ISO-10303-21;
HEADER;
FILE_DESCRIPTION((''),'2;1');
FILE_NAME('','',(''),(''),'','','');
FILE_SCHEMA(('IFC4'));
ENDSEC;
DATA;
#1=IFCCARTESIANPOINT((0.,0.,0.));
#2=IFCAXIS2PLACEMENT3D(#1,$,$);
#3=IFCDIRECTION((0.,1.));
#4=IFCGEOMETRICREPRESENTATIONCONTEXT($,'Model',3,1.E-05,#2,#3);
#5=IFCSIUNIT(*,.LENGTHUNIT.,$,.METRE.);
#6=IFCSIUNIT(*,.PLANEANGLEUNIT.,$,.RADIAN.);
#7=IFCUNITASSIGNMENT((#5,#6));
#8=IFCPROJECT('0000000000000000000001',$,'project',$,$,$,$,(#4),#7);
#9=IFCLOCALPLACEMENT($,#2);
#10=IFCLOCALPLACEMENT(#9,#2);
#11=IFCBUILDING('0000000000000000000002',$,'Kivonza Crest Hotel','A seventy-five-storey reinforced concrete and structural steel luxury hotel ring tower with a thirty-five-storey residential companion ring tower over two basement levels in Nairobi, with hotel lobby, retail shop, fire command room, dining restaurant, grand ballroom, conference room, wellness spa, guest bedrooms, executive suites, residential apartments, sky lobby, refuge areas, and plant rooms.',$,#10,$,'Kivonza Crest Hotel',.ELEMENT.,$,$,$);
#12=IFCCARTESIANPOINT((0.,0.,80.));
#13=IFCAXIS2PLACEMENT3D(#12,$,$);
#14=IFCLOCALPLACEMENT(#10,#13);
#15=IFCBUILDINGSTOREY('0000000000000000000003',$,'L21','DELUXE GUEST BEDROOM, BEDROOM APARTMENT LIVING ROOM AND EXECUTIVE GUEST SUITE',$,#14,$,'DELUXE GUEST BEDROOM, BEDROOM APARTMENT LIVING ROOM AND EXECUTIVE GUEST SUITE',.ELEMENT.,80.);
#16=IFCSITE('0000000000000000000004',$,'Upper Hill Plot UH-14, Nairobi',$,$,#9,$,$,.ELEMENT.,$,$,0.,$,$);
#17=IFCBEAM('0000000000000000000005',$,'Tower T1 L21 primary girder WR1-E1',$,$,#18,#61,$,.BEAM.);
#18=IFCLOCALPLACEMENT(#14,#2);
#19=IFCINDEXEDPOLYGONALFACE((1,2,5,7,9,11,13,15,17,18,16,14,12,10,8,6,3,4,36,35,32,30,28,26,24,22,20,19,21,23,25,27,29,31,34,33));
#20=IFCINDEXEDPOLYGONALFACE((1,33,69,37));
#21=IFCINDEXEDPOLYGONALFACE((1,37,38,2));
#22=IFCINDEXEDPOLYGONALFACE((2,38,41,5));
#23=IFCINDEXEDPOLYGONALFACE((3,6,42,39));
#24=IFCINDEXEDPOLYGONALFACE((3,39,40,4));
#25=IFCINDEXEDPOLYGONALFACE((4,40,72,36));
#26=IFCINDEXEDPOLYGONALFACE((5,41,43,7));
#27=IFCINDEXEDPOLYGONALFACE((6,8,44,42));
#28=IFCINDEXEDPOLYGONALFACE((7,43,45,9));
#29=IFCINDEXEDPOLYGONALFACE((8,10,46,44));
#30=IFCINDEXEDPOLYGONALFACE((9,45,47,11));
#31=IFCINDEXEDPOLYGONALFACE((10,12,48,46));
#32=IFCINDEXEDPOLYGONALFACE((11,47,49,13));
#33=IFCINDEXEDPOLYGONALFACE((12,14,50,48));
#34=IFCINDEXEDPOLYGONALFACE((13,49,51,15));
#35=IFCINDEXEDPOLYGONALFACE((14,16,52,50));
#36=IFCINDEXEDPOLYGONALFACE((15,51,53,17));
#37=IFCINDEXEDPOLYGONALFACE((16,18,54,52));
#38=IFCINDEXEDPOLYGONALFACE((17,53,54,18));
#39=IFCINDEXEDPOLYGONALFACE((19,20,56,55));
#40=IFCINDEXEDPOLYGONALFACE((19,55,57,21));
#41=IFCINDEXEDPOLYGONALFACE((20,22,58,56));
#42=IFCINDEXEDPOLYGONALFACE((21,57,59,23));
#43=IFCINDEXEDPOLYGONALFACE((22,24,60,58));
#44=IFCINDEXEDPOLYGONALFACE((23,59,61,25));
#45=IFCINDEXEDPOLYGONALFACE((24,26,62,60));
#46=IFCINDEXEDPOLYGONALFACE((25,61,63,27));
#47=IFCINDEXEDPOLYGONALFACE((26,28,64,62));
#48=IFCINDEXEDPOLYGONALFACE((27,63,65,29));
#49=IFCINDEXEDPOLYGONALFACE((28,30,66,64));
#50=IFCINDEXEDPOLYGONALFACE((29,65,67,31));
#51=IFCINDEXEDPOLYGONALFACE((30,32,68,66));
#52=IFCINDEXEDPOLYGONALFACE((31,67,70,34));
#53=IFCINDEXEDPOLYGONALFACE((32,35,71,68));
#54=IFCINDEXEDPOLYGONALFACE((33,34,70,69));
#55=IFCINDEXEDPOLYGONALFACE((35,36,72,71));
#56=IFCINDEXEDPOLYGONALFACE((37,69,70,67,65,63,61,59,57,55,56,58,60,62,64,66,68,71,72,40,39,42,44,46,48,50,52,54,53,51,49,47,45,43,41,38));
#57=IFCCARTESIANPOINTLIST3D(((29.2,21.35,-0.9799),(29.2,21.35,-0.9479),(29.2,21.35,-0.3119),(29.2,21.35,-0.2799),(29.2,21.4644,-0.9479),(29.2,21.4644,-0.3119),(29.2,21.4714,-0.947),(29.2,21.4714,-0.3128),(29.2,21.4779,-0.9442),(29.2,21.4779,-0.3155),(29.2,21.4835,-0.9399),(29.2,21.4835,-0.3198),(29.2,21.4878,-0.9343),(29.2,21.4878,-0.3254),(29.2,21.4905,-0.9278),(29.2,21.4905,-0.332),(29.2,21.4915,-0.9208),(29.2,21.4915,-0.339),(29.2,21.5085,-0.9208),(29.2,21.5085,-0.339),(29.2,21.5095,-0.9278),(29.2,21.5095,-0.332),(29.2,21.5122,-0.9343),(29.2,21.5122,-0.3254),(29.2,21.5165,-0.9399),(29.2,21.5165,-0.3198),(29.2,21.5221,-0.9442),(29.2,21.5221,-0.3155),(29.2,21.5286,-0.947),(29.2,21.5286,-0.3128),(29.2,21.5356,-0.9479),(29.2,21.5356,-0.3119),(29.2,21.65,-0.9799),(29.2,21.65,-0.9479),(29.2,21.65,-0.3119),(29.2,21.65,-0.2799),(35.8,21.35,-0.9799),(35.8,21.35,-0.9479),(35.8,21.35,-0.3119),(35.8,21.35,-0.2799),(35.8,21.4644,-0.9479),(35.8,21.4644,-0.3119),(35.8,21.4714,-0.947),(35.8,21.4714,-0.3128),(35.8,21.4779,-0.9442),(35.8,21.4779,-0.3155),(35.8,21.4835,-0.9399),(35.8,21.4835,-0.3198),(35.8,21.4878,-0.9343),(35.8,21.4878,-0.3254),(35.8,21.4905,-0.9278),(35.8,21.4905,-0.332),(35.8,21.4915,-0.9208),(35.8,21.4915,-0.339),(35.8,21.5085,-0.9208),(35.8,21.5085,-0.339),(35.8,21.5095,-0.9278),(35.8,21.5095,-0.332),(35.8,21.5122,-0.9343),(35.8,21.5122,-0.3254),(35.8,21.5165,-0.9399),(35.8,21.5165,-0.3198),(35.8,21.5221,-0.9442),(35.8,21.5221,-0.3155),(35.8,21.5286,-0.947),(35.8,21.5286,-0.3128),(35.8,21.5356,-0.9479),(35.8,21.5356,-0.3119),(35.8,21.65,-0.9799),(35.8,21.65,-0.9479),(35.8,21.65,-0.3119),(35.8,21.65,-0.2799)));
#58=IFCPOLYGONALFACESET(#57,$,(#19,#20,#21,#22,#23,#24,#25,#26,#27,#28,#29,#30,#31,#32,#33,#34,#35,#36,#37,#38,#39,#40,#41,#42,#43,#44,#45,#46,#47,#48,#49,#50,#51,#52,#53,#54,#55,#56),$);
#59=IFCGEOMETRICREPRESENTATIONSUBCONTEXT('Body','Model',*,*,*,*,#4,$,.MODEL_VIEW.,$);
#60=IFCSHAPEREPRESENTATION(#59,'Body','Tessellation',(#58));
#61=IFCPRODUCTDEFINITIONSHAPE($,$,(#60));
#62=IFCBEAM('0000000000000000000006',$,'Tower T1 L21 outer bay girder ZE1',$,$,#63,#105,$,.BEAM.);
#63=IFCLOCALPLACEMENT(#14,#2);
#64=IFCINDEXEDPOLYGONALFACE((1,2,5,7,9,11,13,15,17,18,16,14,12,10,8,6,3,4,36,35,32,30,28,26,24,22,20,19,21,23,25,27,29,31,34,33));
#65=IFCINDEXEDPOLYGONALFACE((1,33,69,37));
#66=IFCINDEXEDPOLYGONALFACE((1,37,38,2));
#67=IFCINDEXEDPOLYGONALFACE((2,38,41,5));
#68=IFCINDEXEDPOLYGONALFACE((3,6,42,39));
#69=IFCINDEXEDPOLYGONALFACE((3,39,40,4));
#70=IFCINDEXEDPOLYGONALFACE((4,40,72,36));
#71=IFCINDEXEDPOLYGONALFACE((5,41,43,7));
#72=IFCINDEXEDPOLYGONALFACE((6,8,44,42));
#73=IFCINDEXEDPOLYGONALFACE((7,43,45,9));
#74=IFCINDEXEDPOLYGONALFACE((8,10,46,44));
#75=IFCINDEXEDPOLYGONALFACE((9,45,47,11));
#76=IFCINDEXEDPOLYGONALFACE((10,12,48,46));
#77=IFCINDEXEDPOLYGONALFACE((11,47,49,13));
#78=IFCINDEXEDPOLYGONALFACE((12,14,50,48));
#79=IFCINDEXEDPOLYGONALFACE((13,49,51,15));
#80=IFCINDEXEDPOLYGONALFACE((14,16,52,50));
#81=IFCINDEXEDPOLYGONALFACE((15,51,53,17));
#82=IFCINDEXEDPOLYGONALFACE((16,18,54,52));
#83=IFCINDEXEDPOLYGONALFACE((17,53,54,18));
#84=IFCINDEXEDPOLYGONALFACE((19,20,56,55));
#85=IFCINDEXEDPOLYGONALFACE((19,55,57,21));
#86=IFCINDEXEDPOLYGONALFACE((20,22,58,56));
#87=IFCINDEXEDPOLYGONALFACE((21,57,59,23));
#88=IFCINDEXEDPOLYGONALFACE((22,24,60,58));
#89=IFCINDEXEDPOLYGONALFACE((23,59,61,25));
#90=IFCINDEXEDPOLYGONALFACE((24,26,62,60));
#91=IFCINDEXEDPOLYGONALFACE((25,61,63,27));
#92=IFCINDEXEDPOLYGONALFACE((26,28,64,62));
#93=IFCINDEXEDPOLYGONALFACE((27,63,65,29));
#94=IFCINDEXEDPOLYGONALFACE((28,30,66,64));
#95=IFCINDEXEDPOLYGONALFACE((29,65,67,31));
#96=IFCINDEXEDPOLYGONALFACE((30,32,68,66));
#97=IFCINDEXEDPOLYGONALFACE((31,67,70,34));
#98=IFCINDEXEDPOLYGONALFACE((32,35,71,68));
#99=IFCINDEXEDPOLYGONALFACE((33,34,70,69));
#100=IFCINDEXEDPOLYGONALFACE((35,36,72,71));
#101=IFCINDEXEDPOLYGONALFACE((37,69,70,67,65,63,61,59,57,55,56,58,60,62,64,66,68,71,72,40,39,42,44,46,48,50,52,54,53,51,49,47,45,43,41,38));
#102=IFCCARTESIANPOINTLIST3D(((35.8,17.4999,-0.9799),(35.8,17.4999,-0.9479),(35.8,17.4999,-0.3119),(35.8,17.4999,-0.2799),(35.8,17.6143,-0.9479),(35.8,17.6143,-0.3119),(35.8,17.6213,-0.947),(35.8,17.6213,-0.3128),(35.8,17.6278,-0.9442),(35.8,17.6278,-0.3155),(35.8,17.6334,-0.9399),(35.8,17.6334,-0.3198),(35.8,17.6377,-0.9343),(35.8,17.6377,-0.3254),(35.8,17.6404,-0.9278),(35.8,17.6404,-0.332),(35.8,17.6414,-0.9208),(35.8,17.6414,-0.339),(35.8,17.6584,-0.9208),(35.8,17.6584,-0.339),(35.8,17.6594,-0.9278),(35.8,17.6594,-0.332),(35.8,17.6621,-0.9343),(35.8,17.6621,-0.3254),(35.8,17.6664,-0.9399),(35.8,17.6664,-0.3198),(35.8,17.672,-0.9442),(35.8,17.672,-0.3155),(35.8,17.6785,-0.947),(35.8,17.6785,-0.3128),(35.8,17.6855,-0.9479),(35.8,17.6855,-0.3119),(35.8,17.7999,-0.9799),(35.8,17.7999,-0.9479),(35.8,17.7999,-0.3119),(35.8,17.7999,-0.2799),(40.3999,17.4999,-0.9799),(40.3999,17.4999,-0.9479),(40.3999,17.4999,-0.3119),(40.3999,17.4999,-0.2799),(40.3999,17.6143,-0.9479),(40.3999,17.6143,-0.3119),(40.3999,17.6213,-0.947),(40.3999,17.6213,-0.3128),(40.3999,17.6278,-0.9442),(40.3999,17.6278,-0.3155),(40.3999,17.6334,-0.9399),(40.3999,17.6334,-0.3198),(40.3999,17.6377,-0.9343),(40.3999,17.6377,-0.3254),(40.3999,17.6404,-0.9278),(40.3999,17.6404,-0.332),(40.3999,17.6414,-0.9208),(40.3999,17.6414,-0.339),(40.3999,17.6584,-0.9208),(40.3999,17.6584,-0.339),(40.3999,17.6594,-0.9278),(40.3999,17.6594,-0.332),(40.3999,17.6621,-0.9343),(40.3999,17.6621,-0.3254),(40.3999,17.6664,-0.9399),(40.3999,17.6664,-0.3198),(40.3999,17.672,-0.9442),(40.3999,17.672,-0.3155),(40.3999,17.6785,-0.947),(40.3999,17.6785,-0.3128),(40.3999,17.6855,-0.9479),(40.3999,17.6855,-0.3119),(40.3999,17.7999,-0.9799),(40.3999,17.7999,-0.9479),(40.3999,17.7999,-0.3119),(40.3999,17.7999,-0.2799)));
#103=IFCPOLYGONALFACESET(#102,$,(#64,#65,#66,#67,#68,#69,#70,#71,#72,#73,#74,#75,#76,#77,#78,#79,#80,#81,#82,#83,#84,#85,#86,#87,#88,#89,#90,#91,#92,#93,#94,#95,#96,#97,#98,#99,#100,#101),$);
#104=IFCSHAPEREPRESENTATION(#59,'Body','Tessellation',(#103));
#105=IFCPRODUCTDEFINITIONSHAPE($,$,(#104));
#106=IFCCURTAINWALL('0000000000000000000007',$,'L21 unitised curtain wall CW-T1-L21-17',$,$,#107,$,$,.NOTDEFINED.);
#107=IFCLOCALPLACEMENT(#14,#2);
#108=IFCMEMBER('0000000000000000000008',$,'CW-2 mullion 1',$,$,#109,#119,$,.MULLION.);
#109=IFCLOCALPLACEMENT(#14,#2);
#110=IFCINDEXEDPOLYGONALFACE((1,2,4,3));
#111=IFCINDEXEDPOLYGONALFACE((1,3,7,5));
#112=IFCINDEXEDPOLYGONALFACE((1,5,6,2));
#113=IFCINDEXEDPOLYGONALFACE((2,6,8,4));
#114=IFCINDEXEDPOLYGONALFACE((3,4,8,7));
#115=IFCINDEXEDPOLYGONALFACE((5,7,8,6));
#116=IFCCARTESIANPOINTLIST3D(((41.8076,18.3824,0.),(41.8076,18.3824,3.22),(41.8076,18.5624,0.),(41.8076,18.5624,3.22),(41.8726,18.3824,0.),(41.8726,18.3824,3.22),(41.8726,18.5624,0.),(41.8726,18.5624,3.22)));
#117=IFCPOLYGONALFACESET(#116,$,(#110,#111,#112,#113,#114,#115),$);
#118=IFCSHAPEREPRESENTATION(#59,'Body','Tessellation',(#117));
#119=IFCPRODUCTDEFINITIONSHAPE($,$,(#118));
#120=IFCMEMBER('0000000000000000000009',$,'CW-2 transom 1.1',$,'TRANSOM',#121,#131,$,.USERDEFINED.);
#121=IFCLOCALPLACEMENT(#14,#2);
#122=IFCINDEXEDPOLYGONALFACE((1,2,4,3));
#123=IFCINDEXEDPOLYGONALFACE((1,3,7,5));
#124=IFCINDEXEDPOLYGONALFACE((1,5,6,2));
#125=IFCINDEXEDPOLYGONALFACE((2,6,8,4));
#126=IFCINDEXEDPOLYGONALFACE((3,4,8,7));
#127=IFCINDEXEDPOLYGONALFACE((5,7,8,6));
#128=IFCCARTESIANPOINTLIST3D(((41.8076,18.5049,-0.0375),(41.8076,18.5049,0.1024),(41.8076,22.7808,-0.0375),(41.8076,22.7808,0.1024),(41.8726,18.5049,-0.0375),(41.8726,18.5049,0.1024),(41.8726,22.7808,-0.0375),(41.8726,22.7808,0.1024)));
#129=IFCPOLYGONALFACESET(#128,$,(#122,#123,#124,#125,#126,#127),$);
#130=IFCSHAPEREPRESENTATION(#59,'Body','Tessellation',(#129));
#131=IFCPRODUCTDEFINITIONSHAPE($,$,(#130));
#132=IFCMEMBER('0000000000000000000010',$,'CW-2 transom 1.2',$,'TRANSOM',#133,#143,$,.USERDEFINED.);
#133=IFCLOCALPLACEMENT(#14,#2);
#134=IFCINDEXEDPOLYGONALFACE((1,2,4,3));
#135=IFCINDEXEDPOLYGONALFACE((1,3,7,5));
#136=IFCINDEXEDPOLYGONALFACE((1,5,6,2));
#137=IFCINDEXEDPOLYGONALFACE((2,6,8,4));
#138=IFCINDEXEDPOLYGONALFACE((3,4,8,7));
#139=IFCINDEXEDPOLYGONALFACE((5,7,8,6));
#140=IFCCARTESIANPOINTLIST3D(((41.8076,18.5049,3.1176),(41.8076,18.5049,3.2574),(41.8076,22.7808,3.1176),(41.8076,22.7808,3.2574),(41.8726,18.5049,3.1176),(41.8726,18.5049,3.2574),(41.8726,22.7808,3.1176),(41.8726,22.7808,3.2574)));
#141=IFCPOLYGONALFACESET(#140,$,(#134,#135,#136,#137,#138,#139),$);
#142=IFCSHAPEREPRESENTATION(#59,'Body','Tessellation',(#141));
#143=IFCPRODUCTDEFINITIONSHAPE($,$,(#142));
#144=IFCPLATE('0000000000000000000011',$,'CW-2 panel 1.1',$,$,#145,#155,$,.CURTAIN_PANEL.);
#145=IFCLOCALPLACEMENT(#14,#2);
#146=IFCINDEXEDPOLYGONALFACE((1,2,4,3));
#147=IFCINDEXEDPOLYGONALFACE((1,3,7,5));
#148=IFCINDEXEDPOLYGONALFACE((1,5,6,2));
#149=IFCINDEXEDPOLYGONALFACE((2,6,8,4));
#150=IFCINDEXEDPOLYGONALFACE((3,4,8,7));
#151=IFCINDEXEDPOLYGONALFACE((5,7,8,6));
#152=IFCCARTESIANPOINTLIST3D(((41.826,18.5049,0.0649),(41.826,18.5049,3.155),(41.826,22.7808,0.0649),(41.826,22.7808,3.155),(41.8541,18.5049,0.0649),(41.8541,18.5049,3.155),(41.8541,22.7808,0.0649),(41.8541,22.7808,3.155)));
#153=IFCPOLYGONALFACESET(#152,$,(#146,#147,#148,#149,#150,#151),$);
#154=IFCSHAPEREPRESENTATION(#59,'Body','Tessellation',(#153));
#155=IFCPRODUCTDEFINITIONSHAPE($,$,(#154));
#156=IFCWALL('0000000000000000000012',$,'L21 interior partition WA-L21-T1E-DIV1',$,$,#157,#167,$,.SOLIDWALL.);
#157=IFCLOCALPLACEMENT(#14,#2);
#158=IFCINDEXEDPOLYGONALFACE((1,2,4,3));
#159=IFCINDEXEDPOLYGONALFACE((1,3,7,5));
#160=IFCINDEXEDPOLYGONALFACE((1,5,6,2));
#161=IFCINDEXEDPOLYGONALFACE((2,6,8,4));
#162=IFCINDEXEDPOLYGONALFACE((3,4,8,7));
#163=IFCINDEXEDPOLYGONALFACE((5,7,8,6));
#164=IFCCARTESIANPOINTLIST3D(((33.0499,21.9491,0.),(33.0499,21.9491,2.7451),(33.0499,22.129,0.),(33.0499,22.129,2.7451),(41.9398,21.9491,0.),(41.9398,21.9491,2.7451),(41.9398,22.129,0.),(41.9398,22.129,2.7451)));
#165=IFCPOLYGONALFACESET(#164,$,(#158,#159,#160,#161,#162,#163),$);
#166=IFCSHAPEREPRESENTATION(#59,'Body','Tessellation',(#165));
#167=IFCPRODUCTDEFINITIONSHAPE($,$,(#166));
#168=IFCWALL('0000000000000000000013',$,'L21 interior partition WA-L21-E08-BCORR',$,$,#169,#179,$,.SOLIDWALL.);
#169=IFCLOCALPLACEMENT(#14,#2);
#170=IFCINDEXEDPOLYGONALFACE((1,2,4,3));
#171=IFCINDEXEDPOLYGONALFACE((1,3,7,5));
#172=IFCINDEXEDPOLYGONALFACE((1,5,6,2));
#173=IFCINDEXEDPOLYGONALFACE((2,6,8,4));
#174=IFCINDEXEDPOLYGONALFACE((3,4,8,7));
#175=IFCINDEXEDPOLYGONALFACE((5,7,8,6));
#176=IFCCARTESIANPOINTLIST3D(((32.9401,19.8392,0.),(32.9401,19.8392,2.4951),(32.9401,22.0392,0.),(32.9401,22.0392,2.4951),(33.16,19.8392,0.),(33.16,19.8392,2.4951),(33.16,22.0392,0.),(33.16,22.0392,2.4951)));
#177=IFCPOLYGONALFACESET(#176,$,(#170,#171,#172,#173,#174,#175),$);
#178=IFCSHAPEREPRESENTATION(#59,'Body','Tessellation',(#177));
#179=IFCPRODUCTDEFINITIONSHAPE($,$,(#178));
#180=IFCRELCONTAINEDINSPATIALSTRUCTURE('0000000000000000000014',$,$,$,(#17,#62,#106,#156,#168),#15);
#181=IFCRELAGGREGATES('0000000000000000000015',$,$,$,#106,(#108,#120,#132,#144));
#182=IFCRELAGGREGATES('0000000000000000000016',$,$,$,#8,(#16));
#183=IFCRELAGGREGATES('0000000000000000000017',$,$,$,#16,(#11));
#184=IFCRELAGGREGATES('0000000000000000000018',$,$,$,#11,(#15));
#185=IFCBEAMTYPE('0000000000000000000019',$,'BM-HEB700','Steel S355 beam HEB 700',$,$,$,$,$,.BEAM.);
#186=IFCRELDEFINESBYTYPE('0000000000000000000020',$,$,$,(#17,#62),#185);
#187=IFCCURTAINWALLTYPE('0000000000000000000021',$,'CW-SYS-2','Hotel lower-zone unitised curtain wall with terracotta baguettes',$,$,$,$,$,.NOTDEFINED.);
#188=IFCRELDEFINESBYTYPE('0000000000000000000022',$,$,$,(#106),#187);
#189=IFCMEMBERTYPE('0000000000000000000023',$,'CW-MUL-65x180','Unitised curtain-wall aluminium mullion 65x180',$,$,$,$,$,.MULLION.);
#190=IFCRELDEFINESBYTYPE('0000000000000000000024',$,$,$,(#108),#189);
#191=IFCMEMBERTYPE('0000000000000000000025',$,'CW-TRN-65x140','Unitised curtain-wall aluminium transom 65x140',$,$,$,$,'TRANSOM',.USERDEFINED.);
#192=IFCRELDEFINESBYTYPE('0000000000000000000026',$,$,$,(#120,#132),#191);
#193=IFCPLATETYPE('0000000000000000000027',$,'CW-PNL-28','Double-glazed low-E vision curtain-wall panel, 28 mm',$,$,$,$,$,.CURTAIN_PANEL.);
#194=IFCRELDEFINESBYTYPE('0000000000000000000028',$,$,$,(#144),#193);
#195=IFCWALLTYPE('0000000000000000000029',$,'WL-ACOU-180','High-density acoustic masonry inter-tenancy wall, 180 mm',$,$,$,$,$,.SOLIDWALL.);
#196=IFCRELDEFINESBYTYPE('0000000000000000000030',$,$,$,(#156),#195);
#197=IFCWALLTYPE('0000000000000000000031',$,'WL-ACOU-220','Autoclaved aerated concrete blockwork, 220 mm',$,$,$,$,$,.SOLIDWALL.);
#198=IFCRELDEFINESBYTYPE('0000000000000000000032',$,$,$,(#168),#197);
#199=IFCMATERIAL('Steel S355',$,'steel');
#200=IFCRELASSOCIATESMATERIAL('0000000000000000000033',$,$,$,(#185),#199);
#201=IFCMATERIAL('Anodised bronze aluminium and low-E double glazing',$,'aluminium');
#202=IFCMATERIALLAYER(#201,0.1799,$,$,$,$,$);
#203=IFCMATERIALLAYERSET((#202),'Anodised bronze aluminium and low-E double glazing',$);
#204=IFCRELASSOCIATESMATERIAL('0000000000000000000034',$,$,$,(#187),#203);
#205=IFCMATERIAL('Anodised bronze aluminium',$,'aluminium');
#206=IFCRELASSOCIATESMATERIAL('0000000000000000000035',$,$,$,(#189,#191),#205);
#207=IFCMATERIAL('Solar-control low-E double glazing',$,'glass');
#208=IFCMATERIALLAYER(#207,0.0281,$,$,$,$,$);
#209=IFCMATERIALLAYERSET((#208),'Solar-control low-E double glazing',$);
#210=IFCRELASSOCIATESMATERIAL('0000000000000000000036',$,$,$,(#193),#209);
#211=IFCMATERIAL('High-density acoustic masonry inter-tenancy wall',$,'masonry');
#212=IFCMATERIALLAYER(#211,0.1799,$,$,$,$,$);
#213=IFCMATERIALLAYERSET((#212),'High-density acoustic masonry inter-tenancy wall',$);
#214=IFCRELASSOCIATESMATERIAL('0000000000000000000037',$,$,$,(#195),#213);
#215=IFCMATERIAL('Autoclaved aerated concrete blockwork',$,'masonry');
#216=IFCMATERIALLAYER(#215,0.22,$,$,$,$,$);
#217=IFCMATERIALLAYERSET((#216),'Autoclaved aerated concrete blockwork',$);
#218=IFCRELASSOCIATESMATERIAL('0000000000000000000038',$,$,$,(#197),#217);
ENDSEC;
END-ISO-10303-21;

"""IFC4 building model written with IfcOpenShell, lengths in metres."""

from ifc_helpers import new_model, si_unit, direction, frame, frame_2d, origin, origin_2d, place, context, subcontext, project, spatial, rectangle, i_section, extrude, material, layer, layer_set, material_profile, profile_set, type_object, element, aggregate, save


model = new_model("IFC4")

# Units and contexts
model_context = context("Model", 3, precision=1e-05, world=origin(), true_north=direction((0.0, 1.0)))
body_context = subcontext(model_context, "Body", "Model", "MODEL_VIEW")
ifc_project = project(units=[si_unit("LENGTHUNIT", "METRE"), si_unit("PLANEANGLEUNIT", "RADIAN")], contexts=[model_context])

# Site, building, storey
site_placement = place(None, origin())
site = spatial("IfcSite", under=ifc_project, at=site_placement, Name="Upper Hill Plot UH-14, Nairobi", CompositionType="ELEMENT", RefElevation=0.0)
building_placement = place(site_placement, origin())
building = spatial("IfcBuilding", under=site, at=building_placement, Name="Kivonza Crest Hotel", Description="A seventy-five-storey reinforced concrete and structural steel luxury hotel ring tower with a thirty-five-storey residential companion ring tower over two basement levels in Nairobi, with hotel lobby, retail shop, fire command room, dining restaurant, grand ballroom, conference room, wellness spa, guest bedrooms, executive suites, residential apartments, sky lobby, refuge areas, and plant rooms.", LongName="Kivonza Crest Hotel", CompositionType="ELEMENT")
storey_placement = place(building_placement, frame((0.0, 0.0, 80.0)))
storey = spatial("IfcBuildingStorey", under=building, at=storey_placement, Name="L21", Description="DELUXE GUEST BEDROOM, BEDROOM APARTMENT LIVING ROOM AND EXECUTIVE GUEST SUITE", LongName="DELUXE GUEST BEDROOM, BEDROOM APARTMENT LIVING ROOM AND EXECUTIVE GUEST SUITE", CompositionType="ELEMENT", Elevation=80.0)

# Beams
ifc_material_1 = material(Name="Steel S355", Category="steel")
ifc_material_profile_1 = material_profile(ifc_material_1, i_section(OverallWidth=0.3, OverallDepth=0.7, WebThickness=0.0171, FlangeThickness=0.032, FilletRadius=0.0271, at=origin_2d()), Name="HEB 700")
ifc_profile_set_1 = profile_set([ifc_material_profile_1], Name="Steel S355")
beam_type_1 = type_object("IfcBeamType", Name="BM-HEB700", Description="Steel S355 beam HEB 700", PredefinedType="BEAM", material=ifc_profile_set_1)
beam_1_placement = place(storey_placement, frame((29.2, 21.5, -0.6299), z_axis=(1.0, 0.0, 0.0), x_axis=(0.0, 1.0, 0.0)))
element("IfcBeam", 1, at=beam_1_placement, inside=storey, type_object=beam_type_1, Name="Tower T1 L21 primary girder WR1-E1", PredefinedType="BEAM", context=body_context, shape_type="SweptSolid", body=[
    extrude(i_section(OverallWidth=0.3, OverallDepth=0.7, WebThickness=0.0171, FlangeThickness=0.032, FilletRadius=0.0271, at=origin_2d()), origin(), (0.0, 0.0, 1.0), 6.6001),
])
beam_2_placement = place(storey_placement, frame((40.3999, 17.6499, -0.6299), z_axis=(-1.0, 0.0, 0.0), x_axis=(0.0, -1.0, 0.0)))
element("IfcBeam", 2, at=beam_2_placement, inside=storey, type_object=beam_type_1, Name="Tower T1 L21 outer bay girder ZE1", PredefinedType="BEAM", context=body_context, shape_type="SweptSolid", body=[
    extrude(i_section(OverallWidth=0.3, OverallDepth=0.7, WebThickness=0.0171, FlangeThickness=0.032, FilletRadius=0.0271, at=origin_2d()), origin(), (0.0, 0.0, 1.0), 4.5999),
])

# Curtain wall, members, plate
ifc_material_2 = material(Name="Anodised bronze aluminium and low-E double glazing", Category="aluminium")
ifc_layer_1 = layer(ifc_material_2, 0.1799)
ifc_layer_set_1 = layer_set([ifc_layer_1], Name="Anodised bronze aluminium and low-E double glazing")
curtain_wall_type = type_object("IfcCurtainWallType", Name="CW-SYS-2", Description="Hotel lower-zone unitised curtain wall with terracotta baguettes", PredefinedType="NOTDEFINED", material=ifc_layer_set_1)
curtain_wall_placement = place(storey_placement, origin())
curtain_wall = element("IfcCurtainWall", 3, at=curtain_wall_placement, inside=storey, type_object=curtain_wall_type, Name="L21 unitised curtain wall CW-T1-L21-17", PredefinedType="NOTDEFINED")
ifc_material_3 = material(Name="Anodised bronze aluminium", Category="aluminium")
ifc_material_profile_2 = material_profile(ifc_material_3, rectangle(XDim=0.0649, YDim=0.1799, at=origin_2d()), Name="CW-M 65x180")
ifc_profile_set_2 = profile_set([ifc_material_profile_2], Name="Anodised bronze aluminium")
member_type_1 = type_object("IfcMemberType", Name="CW-MUL-65x180", Description="Unitised curtain-wall aluminium mullion 65x180", PredefinedType="MULLION", material=ifc_profile_set_2)
member_1_placement = place(storey_placement, frame((41.8401, 18.4724, 0.0), z_axis=(0.0, 0.0, 1.0), x_axis=(-1.0, 0.0, 0.0)))
member_1 = element("IfcMember", 4, at=member_1_placement, type_object=member_type_1, Name="CW-2 mullion 1", PredefinedType="MULLION", context=body_context, shape_type="SweptSolid", body=[
    extrude(rectangle(XDim=0.0649, YDim=0.1799, at=origin_2d()), origin(), (0.0, 0.0, 1.0), 3.22),
])
ifc_material_profile_3 = material_profile(ifc_material_3, rectangle(XDim=0.0649, YDim=0.1399, at=origin_2d()), Name="CW-T 65x140")
ifc_profile_set_3 = profile_set([ifc_material_profile_3], Name="Anodised bronze aluminium")
member_type_2 = type_object("IfcMemberType", Name="CW-TRN-65x140", Description="Unitised curtain-wall aluminium transom 65x140", ElementType="TRANSOM", PredefinedType="USERDEFINED", material=ifc_profile_set_3)
member_2_placement = place(storey_placement, frame((41.8401, 18.5049, 0.0325), z_axis=(0.0, 1.0, 0.0), x_axis=(-1.0, 0.0, 0.0)))
member_2 = element("IfcMember", 5, at=member_2_placement, type_object=member_type_2, Name="CW-2 transom 1.1", ObjectType="TRANSOM", PredefinedType="USERDEFINED", context=body_context, shape_type="SweptSolid", body=[
    extrude(rectangle(XDim=0.0649, YDim=0.1399, at=origin_2d()), origin(), (0.0, 0.0, 1.0), 4.2759),
])
member_3_placement = place(storey_placement, frame((41.8401, 18.5049, 3.1875), z_axis=(0.0, 1.0, 0.0), x_axis=(-1.0, 0.0, 0.0)))
member_3 = element("IfcMember", 6, at=member_3_placement, type_object=member_type_2, Name="CW-2 transom 1.2", ObjectType="TRANSOM", PredefinedType="USERDEFINED", context=body_context, shape_type="SweptSolid", body=[
    extrude(rectangle(XDim=0.0649, YDim=0.1399, at=origin_2d()), origin(), (0.0, 0.0, 1.0), 4.2759),
])
ifc_material_4 = material(Name="Solar-control low-E double glazing", Category="glass")
ifc_layer_2 = layer(ifc_material_4, 0.0281)
ifc_layer_set_2 = layer_set([ifc_layer_2], Name="Solar-control low-E double glazing")
plate_type = type_object("IfcPlateType", Name="CW-PNL-28", Description="Double-glazed low-E vision curtain-wall panel, 28 mm", PredefinedType="CURTAIN_PANEL", material=ifc_layer_set_2)
plate_placement = place(storey_placement, frame((41.8401, 20.6428, 0.0649), z_axis=(0.0, 0.0, 1.0), x_axis=(0.0, 1.0, 0.0)))
plate = element("IfcPlate", 7, at=plate_placement, type_object=plate_type, Name="CW-2 panel 1.1", PredefinedType="CURTAIN_PANEL", context=body_context, shape_type="SweptSolid", body=[
    extrude(rectangle(XDim=4.2759, YDim=0.0281, at=origin_2d()), origin(), (0.0, 0.0, 1.0), 3.0901),
])
aggregate(curtain_wall, [member_1, member_2, member_3, plate])

# Walls
ifc_material_5 = material(Name="High-density acoustic masonry inter-tenancy wall", Category="masonry")
ifc_layer_3 = layer(ifc_material_5, 0.1799)
ifc_layer_set_3 = layer_set([ifc_layer_3], Name="High-density acoustic masonry inter-tenancy wall")
wall_type_1 = type_object("IfcWallType", Name="WL-ACOU-180", Description="High-density acoustic masonry inter-tenancy wall, 180 mm", PredefinedType="SOLIDWALL", material=ifc_layer_set_3)
wall_1_placement = place(storey_placement, frame((33.05, 22.0391, 0.0), z_axis=(0.0, 0.0, 1.0), x_axis=(1.0, 0.0, 0.0)))
element("IfcWall", 8, at=wall_1_placement, inside=storey, type_object=wall_type_1, Name="L21 interior partition WA-L21-T1E-DIV1", PredefinedType="SOLIDWALL", context=body_context, shape_type="SweptSolid", body=[
    extrude(rectangle(XDim=8.8899, YDim=0.1799, at=frame_2d((4.4448, 0.0))), origin(), (0.0, 0.0, 1.0), 2.7451),
])
ifc_material_6 = material(Name="Autoclaved aerated concrete blockwork", Category="masonry")
ifc_layer_4 = layer(ifc_material_6, 0.22)
ifc_layer_set_4 = layer_set([ifc_layer_4], Name="Autoclaved aerated concrete blockwork")
wall_type_2 = type_object("IfcWallType", Name="WL-ACOU-220", Description="Autoclaved aerated concrete blockwork, 220 mm", PredefinedType="SOLIDWALL", material=ifc_layer_set_4)
wall_2_placement = place(storey_placement, frame((33.05, 19.8391, 0.0), z_axis=(0.0, 0.0, 1.0), x_axis=(0.0, 1.0, 0.0)))
element("IfcWall", 9, at=wall_2_placement, inside=storey, type_object=wall_type_2, Name="L21 interior partition WA-L21-E08-BCORR", PredefinedType="SOLIDWALL", context=body_context, shape_type="SweptSolid", body=[
    extrude(rectangle(XDim=2.2, YDim=0.22, at=frame_2d((1.1001, 0.0))), origin(), (0.0, 0.0, 1.0), 2.4951),
])

save(model, "model.ifc")
